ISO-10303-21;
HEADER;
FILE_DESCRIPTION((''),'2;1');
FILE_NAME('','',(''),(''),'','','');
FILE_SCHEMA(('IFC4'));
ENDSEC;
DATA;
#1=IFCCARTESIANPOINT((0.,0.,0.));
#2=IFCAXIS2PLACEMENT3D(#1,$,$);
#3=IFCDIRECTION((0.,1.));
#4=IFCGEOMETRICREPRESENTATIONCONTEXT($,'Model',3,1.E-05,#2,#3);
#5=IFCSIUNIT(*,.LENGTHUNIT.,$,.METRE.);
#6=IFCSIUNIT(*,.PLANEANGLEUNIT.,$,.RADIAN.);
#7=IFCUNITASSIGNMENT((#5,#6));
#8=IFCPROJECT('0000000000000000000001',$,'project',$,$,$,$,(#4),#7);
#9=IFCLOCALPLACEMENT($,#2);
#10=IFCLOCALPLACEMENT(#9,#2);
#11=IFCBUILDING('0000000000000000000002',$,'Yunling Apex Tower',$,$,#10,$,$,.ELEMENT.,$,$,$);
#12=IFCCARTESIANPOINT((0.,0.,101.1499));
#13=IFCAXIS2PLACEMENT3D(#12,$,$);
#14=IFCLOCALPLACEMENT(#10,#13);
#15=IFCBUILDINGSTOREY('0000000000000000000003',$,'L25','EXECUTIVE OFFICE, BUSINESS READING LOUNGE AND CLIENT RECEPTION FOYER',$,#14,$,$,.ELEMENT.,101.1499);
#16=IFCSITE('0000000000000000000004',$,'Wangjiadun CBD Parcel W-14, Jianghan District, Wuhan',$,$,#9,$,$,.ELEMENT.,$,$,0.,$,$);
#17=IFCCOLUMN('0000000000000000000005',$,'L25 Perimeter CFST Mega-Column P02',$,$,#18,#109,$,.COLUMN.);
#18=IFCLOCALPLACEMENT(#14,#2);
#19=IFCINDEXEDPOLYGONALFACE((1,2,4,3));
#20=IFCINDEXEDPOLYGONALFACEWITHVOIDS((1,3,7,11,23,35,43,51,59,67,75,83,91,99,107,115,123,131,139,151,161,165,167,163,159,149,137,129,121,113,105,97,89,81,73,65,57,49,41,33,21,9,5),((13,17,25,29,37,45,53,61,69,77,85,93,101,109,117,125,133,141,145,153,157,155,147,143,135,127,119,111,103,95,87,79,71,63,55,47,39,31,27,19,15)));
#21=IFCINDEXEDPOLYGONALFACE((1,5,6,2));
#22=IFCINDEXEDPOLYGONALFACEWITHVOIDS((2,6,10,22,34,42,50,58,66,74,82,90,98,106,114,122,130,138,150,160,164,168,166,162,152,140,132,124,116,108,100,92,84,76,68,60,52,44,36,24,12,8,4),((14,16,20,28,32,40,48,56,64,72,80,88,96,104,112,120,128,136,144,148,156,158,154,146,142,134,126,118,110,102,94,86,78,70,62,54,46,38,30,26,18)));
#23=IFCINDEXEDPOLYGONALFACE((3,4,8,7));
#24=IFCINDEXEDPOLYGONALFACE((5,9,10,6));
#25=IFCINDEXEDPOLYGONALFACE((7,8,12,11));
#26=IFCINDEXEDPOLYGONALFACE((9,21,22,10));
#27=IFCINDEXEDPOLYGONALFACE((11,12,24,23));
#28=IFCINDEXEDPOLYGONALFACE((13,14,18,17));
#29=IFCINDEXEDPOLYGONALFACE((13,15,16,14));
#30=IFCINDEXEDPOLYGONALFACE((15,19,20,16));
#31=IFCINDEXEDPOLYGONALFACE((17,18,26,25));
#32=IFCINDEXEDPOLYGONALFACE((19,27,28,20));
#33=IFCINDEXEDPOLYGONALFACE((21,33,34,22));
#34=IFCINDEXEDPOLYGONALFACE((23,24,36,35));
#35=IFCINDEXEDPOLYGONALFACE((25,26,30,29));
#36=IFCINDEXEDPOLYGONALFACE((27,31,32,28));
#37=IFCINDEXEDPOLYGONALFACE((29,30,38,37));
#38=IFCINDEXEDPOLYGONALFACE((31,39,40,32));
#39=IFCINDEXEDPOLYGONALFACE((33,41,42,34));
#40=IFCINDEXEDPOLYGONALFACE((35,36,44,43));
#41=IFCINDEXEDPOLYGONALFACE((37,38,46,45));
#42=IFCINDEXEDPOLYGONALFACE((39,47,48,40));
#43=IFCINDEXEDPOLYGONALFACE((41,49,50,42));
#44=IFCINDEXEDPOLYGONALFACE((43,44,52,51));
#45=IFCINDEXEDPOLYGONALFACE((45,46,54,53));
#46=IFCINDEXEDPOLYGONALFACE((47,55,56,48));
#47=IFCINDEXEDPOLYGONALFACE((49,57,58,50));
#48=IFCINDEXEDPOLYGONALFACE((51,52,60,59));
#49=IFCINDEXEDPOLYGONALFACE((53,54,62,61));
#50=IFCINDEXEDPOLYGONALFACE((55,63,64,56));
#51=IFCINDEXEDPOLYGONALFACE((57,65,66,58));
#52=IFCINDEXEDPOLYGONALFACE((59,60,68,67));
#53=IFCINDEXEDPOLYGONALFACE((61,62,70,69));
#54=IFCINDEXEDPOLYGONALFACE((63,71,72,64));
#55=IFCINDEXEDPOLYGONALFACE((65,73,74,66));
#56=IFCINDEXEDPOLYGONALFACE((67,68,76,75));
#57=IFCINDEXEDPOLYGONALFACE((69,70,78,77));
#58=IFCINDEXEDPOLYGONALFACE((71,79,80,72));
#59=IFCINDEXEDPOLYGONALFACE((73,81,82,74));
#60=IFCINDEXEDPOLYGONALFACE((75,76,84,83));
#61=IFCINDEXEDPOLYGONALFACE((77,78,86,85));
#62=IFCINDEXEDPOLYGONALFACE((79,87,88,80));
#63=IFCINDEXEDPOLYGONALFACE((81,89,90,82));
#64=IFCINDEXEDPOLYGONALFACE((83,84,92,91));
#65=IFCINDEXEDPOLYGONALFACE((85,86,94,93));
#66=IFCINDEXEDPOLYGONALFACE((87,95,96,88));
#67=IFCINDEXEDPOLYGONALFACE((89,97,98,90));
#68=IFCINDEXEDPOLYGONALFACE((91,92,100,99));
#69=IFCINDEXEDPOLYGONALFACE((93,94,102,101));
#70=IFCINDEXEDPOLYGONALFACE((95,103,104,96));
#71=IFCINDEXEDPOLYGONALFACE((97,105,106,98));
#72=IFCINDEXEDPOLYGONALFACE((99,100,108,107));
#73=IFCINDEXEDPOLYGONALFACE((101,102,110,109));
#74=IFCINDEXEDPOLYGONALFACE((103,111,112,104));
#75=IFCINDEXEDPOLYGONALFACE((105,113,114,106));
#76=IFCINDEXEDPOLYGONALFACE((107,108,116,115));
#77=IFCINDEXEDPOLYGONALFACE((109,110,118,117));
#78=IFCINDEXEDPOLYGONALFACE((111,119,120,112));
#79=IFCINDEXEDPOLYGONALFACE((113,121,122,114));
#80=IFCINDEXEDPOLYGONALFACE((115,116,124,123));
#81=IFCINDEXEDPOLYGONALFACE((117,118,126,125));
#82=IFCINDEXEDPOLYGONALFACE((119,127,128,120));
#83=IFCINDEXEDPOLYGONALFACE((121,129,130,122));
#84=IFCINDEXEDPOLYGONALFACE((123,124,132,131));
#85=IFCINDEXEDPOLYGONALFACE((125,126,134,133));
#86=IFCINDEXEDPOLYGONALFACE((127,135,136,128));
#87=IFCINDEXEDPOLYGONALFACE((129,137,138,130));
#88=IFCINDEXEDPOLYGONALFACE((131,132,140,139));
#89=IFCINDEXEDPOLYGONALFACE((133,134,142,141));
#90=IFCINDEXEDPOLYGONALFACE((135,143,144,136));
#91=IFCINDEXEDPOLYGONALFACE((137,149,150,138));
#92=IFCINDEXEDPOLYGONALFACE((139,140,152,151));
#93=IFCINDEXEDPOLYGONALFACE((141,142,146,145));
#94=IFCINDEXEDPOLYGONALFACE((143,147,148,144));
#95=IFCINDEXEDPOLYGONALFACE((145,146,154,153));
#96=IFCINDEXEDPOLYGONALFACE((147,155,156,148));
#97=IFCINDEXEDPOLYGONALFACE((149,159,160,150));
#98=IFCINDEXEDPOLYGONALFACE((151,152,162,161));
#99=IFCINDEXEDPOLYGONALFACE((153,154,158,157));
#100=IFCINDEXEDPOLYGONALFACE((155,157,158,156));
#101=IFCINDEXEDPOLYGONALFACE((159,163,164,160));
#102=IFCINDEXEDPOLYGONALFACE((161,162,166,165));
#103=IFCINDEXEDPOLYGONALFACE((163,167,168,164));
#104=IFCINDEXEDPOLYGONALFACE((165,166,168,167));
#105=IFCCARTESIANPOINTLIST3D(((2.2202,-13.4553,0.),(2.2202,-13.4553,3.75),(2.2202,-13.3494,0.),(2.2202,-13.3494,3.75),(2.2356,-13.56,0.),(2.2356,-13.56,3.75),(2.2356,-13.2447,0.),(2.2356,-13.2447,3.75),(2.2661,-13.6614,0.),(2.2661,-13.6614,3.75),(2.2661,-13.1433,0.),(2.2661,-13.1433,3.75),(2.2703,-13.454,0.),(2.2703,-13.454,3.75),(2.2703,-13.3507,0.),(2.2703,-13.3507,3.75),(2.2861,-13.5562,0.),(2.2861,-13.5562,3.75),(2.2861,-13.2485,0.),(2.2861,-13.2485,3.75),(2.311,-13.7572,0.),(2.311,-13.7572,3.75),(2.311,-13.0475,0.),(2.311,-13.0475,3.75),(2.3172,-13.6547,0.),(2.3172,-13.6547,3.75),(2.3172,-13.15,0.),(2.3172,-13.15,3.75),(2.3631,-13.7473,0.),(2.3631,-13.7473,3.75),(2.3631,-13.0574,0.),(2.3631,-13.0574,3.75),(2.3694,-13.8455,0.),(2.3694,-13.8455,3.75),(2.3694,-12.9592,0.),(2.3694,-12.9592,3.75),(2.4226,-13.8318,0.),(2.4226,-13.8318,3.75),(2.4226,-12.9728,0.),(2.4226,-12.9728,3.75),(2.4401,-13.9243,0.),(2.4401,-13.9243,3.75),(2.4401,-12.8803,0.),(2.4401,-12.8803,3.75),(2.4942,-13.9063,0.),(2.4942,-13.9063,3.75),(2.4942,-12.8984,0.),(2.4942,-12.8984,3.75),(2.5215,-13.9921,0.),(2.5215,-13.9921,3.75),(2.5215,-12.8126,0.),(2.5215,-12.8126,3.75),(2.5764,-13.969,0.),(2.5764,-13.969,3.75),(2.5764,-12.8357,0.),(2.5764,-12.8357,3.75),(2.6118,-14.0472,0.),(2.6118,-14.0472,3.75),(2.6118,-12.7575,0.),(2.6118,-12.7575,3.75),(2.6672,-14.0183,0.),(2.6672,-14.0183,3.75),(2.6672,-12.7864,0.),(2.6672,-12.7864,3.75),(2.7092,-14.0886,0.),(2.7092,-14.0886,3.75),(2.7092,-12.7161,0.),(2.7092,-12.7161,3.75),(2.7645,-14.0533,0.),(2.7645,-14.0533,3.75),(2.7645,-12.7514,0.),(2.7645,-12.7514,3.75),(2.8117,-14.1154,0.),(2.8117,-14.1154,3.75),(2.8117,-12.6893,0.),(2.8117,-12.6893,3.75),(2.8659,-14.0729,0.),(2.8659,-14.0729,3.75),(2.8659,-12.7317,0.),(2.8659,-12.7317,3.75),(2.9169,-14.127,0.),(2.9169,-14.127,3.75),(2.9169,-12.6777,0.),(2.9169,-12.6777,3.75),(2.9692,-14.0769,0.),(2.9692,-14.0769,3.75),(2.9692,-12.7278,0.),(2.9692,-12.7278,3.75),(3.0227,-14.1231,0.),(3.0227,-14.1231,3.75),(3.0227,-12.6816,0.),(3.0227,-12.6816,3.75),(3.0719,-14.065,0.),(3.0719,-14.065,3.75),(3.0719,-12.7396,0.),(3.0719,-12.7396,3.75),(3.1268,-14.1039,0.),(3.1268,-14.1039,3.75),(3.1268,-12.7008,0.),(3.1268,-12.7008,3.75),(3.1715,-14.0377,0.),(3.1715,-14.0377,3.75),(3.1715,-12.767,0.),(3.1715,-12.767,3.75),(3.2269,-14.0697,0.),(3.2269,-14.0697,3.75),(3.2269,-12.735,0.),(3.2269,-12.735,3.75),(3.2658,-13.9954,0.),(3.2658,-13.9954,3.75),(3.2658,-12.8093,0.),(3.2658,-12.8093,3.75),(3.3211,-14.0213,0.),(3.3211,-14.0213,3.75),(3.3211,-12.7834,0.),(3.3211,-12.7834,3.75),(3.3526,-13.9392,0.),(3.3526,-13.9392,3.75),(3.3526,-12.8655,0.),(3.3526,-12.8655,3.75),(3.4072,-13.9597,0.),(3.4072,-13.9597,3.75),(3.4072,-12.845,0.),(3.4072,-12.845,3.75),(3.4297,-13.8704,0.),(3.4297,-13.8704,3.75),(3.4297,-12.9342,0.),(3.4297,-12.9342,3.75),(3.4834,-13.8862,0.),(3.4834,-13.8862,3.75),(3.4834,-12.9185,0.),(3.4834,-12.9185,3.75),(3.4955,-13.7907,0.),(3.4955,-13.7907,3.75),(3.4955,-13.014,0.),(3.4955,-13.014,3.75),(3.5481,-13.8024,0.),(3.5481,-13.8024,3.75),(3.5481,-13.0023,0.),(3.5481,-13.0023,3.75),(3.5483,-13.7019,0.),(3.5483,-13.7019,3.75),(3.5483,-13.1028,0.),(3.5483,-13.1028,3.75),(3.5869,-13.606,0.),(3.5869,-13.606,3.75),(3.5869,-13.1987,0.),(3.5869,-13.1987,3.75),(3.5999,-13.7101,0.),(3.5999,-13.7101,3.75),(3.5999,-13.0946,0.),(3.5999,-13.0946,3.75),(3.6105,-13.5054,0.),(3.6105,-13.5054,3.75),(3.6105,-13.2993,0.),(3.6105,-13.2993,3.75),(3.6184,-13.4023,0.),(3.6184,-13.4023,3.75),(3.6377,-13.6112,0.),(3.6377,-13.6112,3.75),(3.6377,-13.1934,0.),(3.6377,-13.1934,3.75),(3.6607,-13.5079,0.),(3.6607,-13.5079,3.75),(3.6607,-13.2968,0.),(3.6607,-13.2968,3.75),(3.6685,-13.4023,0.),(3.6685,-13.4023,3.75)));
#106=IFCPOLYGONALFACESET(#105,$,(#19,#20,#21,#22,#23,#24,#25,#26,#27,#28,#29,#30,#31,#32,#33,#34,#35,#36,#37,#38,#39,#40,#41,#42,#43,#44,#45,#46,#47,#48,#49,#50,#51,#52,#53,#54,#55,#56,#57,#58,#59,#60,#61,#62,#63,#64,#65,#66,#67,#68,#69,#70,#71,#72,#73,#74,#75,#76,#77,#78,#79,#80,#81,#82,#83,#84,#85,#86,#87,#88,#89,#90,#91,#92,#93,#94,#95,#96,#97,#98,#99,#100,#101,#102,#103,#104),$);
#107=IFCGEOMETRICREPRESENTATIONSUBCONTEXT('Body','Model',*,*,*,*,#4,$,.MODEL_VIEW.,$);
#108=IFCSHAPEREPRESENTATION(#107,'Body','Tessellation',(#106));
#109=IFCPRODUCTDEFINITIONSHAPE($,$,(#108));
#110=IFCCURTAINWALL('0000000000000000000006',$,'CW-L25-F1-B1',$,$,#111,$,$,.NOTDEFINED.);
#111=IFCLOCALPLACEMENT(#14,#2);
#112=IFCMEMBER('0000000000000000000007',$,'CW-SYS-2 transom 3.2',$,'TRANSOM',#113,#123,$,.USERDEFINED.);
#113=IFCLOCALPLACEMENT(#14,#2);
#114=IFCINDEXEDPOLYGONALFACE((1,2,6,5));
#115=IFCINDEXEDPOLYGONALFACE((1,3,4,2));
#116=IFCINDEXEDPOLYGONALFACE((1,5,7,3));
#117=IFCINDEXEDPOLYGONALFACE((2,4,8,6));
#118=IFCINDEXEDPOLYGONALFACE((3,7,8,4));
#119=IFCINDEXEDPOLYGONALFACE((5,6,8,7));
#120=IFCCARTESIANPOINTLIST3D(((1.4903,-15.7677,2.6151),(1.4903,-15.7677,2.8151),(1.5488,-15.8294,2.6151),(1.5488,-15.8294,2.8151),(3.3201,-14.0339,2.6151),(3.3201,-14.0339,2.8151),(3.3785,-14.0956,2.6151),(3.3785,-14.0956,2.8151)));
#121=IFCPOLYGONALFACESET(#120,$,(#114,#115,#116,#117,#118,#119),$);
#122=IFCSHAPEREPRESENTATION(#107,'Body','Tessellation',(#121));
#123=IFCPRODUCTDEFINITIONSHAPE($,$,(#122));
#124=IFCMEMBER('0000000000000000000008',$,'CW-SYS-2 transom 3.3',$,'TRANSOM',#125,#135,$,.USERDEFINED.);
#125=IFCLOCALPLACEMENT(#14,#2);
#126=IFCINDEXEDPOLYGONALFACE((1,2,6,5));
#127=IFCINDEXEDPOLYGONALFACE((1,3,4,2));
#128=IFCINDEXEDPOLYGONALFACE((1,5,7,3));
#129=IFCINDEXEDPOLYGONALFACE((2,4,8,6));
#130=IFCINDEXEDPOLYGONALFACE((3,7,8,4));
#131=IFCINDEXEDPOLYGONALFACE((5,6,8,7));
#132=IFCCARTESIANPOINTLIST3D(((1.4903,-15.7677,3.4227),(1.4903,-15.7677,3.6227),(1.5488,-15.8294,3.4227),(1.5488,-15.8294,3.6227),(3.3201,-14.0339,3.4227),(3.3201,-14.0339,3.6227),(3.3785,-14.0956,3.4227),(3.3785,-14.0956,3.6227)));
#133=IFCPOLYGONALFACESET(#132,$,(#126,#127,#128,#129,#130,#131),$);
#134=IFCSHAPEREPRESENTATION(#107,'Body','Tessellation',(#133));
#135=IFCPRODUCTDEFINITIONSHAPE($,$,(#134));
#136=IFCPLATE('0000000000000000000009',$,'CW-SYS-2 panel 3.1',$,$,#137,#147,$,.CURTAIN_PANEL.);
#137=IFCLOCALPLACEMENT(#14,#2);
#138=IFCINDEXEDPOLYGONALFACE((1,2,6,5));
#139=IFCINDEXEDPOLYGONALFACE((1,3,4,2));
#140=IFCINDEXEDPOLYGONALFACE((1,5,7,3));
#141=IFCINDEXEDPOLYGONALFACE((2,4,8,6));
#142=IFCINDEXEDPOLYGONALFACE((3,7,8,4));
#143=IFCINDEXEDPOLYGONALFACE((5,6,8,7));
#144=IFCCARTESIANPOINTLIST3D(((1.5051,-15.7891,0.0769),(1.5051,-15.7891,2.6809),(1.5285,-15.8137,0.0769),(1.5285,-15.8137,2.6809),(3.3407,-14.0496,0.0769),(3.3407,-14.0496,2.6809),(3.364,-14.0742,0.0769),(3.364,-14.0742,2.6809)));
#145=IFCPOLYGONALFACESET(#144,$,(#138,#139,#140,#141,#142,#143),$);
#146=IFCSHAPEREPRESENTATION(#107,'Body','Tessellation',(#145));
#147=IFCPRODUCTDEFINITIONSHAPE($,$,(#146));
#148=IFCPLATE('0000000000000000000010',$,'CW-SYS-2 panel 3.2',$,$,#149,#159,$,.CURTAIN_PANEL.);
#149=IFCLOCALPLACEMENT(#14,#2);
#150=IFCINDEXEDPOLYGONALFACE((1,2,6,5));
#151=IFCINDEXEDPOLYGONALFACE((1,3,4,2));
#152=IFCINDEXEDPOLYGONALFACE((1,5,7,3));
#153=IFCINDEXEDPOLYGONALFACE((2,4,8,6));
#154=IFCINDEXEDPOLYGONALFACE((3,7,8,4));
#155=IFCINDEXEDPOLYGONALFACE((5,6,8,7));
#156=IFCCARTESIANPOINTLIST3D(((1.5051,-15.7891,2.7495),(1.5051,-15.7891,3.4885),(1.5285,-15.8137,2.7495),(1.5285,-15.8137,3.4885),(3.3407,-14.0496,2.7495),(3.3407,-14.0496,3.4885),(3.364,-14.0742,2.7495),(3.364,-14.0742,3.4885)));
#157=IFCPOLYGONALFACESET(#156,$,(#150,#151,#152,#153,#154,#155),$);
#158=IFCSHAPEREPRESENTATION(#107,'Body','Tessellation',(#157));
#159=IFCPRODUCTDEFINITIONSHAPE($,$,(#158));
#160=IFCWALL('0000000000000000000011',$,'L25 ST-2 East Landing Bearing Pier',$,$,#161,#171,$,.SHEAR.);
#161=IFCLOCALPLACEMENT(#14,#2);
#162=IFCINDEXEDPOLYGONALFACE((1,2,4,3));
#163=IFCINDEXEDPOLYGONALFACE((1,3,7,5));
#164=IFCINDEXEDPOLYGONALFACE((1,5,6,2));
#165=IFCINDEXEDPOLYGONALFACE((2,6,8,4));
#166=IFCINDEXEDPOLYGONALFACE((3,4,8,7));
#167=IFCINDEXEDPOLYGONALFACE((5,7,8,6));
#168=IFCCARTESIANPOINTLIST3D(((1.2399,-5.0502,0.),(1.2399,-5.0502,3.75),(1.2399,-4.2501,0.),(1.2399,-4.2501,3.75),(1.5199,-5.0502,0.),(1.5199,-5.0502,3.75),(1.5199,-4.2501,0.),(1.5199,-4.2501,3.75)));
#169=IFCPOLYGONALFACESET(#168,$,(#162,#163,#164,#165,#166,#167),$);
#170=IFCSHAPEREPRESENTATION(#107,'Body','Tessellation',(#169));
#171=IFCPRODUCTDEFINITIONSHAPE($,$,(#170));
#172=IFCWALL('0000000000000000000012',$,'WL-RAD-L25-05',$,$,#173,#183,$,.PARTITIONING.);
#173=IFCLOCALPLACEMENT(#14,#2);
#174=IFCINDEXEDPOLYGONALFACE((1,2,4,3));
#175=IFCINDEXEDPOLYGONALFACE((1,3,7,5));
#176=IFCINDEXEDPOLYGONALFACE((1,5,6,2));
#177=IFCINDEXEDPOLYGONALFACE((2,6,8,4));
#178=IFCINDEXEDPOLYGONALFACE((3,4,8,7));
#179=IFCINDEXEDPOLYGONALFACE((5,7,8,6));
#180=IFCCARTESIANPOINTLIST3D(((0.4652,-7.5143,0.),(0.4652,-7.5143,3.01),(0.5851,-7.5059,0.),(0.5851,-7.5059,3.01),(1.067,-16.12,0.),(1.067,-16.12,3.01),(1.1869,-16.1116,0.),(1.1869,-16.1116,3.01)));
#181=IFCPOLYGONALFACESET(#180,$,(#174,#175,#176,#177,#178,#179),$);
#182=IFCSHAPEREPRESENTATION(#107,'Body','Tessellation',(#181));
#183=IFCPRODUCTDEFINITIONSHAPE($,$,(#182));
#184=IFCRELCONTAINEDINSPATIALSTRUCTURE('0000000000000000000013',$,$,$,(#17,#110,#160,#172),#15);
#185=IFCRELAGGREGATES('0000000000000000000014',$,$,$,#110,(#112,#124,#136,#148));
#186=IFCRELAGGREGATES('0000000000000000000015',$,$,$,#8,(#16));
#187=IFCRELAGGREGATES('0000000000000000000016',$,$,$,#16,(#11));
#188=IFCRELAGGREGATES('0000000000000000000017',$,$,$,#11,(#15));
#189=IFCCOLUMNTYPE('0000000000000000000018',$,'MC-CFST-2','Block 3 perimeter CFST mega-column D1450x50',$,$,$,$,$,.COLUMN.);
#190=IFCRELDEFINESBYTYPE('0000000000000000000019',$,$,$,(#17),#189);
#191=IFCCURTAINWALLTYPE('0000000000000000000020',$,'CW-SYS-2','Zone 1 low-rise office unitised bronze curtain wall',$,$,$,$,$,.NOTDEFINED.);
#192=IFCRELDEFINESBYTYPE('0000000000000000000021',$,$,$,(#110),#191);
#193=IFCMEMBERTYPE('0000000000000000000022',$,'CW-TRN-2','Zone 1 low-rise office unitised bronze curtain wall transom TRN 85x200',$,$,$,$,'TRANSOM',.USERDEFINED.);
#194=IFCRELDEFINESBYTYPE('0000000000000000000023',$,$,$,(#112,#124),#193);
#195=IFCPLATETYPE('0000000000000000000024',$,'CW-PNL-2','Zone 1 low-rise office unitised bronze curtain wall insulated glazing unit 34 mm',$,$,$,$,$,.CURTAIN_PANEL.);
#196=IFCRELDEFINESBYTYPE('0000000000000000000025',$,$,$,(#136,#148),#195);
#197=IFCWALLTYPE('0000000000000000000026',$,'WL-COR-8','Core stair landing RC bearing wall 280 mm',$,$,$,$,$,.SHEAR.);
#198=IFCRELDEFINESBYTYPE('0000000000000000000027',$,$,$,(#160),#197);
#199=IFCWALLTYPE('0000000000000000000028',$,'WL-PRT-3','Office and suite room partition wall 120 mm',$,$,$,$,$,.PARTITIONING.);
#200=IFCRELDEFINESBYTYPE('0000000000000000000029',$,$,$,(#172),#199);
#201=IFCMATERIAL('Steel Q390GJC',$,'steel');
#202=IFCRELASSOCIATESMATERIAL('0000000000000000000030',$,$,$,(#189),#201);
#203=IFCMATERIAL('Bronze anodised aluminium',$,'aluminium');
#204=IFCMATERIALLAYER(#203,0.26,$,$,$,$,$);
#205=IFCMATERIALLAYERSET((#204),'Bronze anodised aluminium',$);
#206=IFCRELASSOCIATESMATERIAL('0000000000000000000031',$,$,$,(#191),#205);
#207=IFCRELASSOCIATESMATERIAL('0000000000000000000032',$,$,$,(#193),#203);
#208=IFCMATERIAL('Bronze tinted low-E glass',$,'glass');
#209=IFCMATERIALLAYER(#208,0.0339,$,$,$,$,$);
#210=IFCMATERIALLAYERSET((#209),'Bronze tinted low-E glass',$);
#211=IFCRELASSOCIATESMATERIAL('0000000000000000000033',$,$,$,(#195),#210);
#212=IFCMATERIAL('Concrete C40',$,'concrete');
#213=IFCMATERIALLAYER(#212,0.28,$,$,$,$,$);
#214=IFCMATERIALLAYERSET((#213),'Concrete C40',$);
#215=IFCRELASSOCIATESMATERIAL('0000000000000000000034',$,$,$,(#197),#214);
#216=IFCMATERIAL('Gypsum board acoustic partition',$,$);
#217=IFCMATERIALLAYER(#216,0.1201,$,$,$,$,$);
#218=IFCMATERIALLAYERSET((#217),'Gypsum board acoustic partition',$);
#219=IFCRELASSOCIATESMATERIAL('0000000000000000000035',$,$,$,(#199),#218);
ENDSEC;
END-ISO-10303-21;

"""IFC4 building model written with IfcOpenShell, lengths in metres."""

from ifc_helpers import new_model, si_unit, direction, frame, frame_2d, origin, origin_2d, place, context, subcontext, project, spatial, rectangle, hollow_circle, extrude, source, transform, mapped, material, layer, layer_set, material_profile, profile_set, type_object, element, aggregate, save


model = new_model("IFC4")

# Units and contexts
model_context = context("Model", 3, precision=1e-05, world=origin(), true_north=direction((0.0, 1.0)))
body_context = subcontext(model_context, "Body", "Model", "MODEL_VIEW")
ifc_project = project(units=[si_unit("LENGTHUNIT", "METRE"), si_unit("PLANEANGLEUNIT", "RADIAN")], contexts=[model_context])

# Site, building, storey
site_placement = place(None, origin())
site = spatial("IfcSite", under=ifc_project, at=site_placement, Name="Wangjiadun CBD Parcel W-14, Jianghan District, Wuhan", CompositionType="ELEMENT", RefElevation=0.0)
building_placement = place(site_placement, origin())
building = spatial("IfcBuilding", under=site, at=building_placement, Name="Yunling Apex Tower", CompositionType="ELEMENT")
storey_placement = place(building_placement, frame((0.0, 0.0, 101.1499)))
storey = spatial("IfcBuildingStorey", under=building, at=storey_placement, Name="L25", Description="EXECUTIVE OFFICE, BUSINESS READING LOUNGE AND CLIENT RECEPTION FOYER", CompositionType="ELEMENT", Elevation=101.1499)

# Column
ifc_material_1 = material(Name="Steel Q390GJC", Category="steel")
ifc_material_profile_1 = material_profile(ifc_material_1, hollow_circle(Radius=0.7251, WallThickness=0.05, at=origin_2d()))
ifc_profile_set_1 = profile_set([ifc_material_profile_1], Name="Steel Q390GJC")
column_type = type_object("IfcColumnType", Name="MC-CFST-2", Description="Block 3 perimeter CFST mega-column D1450x50", PredefinedType="COLUMN", material=ifc_profile_set_1)
shared_shape_1 = source(origin(), body_context, "Body", "SweptSolid", [
    extrude(hollow_circle(Radius=0.7251, WallThickness=0.05, at=origin_2d()), origin(), (0.0, 0.0, 1.0), 3.75),
])
column_placement = place(storey_placement, frame((2.9434, -13.4023, 0.0), z_axis=(0.0, 0.0, 1.0), x_axis=(1.0, 0.0, 0.0)))
element("IfcColumn", 1, at=column_placement, inside=storey, type_object=column_type, Name="L25 Perimeter CFST Mega-Column P02", PredefinedType="COLUMN", context=body_context, shape_type="MappedRepresentation", body=[
    mapped(shared_shape_1, transform((0.0, 0.0, 0.0), scale=1.0)),
])

# Curtain wall, members, plates
ifc_material_2 = material(Name="Bronze anodised aluminium", Category="aluminium")
ifc_layer_1 = layer(ifc_material_2, 0.26)
ifc_layer_set_1 = layer_set([ifc_layer_1], Name="Bronze anodised aluminium")
curtain_wall_type = type_object("IfcCurtainWallType", Name="CW-SYS-2", Description="Zone 1 low-rise office unitised bronze curtain wall", PredefinedType="NOTDEFINED", material=ifc_layer_set_1)
curtain_wall_placement = place(storey_placement, origin())
curtain_wall = element("IfcCurtainWall", 2, at=curtain_wall_placement, inside=storey, type_object=curtain_wall_type, Name="CW-L25-F1-B1", PredefinedType="NOTDEFINED")
ifc_material_profile_2 = material_profile(ifc_material_2, rectangle(XDim=0.085, YDim=0.2, at=origin_2d()))
ifc_profile_set_2 = profile_set([ifc_material_profile_2], Name="Bronze anodised aluminium")
member_type = type_object("IfcMemberType", Name="CW-TRN-2", Description="Zone 1 low-rise office unitised bronze curtain wall transom TRN 85x200", ElementType="TRANSOM", PredefinedType="USERDEFINED", material=ifc_profile_set_2)
shared_shape_2 = source(origin(), body_context, "Body", "SweptSolid", [
    extrude(rectangle(XDim=0.085, YDim=0.2, at=origin_2d()), origin(), (0.0, 0.0, 1.0), 2.5208),
])
member_1_placement = place(storey_placement, frame((1.5195, -15.7986, 2.7151), z_axis=(0.725881, 0.68782, 0.0), x_axis=(-0.68782, 0.725881, 0.0)))
member_1 = element("IfcMember", 3, at=member_1_placement, type_object=member_type, Name="CW-SYS-2 transom 3.2", ObjectType="TRANSOM", PredefinedType="USERDEFINED", context=body_context, shape_type="MappedRepresentation", body=[
    mapped(shared_shape_2, transform((0.0, 0.0, 0.0), scale=1.0)),
])
member_2_placement = place(storey_placement, frame((1.5195, -15.7986, 3.5227), z_axis=(0.725881, 0.68782, 0.0), x_axis=(-0.68782, 0.725881, 0.0)))
member_2 = element("IfcMember", 4, at=member_2_placement, type_object=member_type, Name="CW-SYS-2 transom 3.3", ObjectType="TRANSOM", PredefinedType="USERDEFINED", context=body_context, shape_type="MappedRepresentation", body=[
    mapped(shared_shape_2, transform((0.0, 0.0, 0.0), scale=1.0)),
])
ifc_material_3 = material(Name="Bronze tinted low-E glass", Category="glass")
ifc_layer_2 = layer(ifc_material_3, 0.0339)
ifc_layer_set_2 = layer_set([ifc_layer_2], Name="Bronze tinted low-E glass")
plate_type = type_object("IfcPlateType", Name="CW-PNL-2", Description="Zone 1 low-rise office unitised bronze curtain wall insulated glazing unit 34 mm", PredefinedType="CURTAIN_PANEL", material=ifc_layer_set_2)
shared_shape_3 = source(origin(), body_context, "Body", "SweptSolid", [
    extrude(rectangle(XDim=2.5288, YDim=0.0339, at=origin_2d()), origin(), (0.0, 0.0, 1.0), 2.604),
])
plate_1_placement = place(storey_placement, frame((2.4346, -14.9316, 0.0769), z_axis=(0.0, 0.0, 1.0), x_axis=(0.725842, 0.687861, 0.0)))
plate_1 = element("IfcPlate", 5, at=plate_1_placement, type_object=plate_type, Name="CW-SYS-2 panel 3.1", PredefinedType="CURTAIN_PANEL", context=body_context, shape_type="MappedRepresentation", body=[
    mapped(shared_shape_3, transform((0.0, 0.0, 0.0), scale=1.0)),
])
shared_shape_4 = source(origin(), body_context, "Body", "SweptSolid", [
    extrude(rectangle(XDim=2.5288, YDim=0.0339, at=origin_2d()), origin(), (0.0, 0.0, 1.0), 0.739),
])
plate_2_placement = place(storey_placement, frame((2.4346, -14.9316, 2.7495), z_axis=(0.0, 0.0, 1.0), x_axis=(0.725842, 0.687861, 0.0)))
plate_2 = element("IfcPlate", 6, at=plate_2_placement, type_object=plate_type, Name="CW-SYS-2 panel 3.2", PredefinedType="CURTAIN_PANEL", context=body_context, shape_type="MappedRepresentation", body=[
    mapped(shared_shape_4, transform((0.0, 0.0, 0.0), scale=1.0)),
])
aggregate(curtain_wall, [member_1, member_2, plate_1, plate_2])

# Walls
ifc_material_4 = material(Name="Concrete C40", Category="concrete")
ifc_layer_3 = layer(ifc_material_4, 0.28)
ifc_layer_set_3 = layer_set([ifc_layer_3], Name="Concrete C40")
wall_type_1 = type_object("IfcWallType", Name="WL-COR-8", Description="Core stair landing RC bearing wall 280 mm", PredefinedType="SHEAR", material=ifc_layer_set_3)
wall_1_placement = place(storey_placement, frame((1.3799, -5.05, 0.0), z_axis=(0.0, 0.0, 1.0), x_axis=(0.0, 1.0, 0.0)))
element("IfcWall", 7, at=wall_1_placement, inside=storey, type_object=wall_type_1, Name="L25 ST-2 East Landing Bearing Pier", PredefinedType="SHEAR", context=body_context, shape_type="SweptSolid", body=[
    extrude(rectangle(XDim=0.8, YDim=0.28, at=frame_2d((0.3999, 0.0))), origin(), (0.0, 0.0, 1.0), 3.75),
])
ifc_material_5 = material(Name="Gypsum board acoustic partition")
ifc_layer_4 = layer(ifc_material_5, 0.1201)
ifc_layer_set_4 = layer_set([ifc_layer_4], Name="Gypsum board acoustic partition")
wall_type_2 = type_object("IfcWallType", Name="WL-PRT-3", Description="Office and suite room partition wall 120 mm", PredefinedType="PARTITIONING", material=ifc_layer_set_4)
wall_2_placement = place(storey_placement, frame((0.5251, -7.51, 0.0), z_axis=(0.0, 0.0, 1.0), x_axis=(0.069761, -0.997564, 0.0)))
element("IfcWall", 8, at=wall_2_placement, inside=storey, type_object=wall_type_2, Name="WL-RAD-L25-05", PredefinedType="PARTITIONING", context=body_context, shape_type="SweptSolid", body=[
    extrude(rectangle(XDim=8.6267, YDim=0.1201, at=frame_2d((4.3135, 0.0))), origin(), (0.0, 0.0, 1.0), 3.01),
])

save(model, "model.ifc")
